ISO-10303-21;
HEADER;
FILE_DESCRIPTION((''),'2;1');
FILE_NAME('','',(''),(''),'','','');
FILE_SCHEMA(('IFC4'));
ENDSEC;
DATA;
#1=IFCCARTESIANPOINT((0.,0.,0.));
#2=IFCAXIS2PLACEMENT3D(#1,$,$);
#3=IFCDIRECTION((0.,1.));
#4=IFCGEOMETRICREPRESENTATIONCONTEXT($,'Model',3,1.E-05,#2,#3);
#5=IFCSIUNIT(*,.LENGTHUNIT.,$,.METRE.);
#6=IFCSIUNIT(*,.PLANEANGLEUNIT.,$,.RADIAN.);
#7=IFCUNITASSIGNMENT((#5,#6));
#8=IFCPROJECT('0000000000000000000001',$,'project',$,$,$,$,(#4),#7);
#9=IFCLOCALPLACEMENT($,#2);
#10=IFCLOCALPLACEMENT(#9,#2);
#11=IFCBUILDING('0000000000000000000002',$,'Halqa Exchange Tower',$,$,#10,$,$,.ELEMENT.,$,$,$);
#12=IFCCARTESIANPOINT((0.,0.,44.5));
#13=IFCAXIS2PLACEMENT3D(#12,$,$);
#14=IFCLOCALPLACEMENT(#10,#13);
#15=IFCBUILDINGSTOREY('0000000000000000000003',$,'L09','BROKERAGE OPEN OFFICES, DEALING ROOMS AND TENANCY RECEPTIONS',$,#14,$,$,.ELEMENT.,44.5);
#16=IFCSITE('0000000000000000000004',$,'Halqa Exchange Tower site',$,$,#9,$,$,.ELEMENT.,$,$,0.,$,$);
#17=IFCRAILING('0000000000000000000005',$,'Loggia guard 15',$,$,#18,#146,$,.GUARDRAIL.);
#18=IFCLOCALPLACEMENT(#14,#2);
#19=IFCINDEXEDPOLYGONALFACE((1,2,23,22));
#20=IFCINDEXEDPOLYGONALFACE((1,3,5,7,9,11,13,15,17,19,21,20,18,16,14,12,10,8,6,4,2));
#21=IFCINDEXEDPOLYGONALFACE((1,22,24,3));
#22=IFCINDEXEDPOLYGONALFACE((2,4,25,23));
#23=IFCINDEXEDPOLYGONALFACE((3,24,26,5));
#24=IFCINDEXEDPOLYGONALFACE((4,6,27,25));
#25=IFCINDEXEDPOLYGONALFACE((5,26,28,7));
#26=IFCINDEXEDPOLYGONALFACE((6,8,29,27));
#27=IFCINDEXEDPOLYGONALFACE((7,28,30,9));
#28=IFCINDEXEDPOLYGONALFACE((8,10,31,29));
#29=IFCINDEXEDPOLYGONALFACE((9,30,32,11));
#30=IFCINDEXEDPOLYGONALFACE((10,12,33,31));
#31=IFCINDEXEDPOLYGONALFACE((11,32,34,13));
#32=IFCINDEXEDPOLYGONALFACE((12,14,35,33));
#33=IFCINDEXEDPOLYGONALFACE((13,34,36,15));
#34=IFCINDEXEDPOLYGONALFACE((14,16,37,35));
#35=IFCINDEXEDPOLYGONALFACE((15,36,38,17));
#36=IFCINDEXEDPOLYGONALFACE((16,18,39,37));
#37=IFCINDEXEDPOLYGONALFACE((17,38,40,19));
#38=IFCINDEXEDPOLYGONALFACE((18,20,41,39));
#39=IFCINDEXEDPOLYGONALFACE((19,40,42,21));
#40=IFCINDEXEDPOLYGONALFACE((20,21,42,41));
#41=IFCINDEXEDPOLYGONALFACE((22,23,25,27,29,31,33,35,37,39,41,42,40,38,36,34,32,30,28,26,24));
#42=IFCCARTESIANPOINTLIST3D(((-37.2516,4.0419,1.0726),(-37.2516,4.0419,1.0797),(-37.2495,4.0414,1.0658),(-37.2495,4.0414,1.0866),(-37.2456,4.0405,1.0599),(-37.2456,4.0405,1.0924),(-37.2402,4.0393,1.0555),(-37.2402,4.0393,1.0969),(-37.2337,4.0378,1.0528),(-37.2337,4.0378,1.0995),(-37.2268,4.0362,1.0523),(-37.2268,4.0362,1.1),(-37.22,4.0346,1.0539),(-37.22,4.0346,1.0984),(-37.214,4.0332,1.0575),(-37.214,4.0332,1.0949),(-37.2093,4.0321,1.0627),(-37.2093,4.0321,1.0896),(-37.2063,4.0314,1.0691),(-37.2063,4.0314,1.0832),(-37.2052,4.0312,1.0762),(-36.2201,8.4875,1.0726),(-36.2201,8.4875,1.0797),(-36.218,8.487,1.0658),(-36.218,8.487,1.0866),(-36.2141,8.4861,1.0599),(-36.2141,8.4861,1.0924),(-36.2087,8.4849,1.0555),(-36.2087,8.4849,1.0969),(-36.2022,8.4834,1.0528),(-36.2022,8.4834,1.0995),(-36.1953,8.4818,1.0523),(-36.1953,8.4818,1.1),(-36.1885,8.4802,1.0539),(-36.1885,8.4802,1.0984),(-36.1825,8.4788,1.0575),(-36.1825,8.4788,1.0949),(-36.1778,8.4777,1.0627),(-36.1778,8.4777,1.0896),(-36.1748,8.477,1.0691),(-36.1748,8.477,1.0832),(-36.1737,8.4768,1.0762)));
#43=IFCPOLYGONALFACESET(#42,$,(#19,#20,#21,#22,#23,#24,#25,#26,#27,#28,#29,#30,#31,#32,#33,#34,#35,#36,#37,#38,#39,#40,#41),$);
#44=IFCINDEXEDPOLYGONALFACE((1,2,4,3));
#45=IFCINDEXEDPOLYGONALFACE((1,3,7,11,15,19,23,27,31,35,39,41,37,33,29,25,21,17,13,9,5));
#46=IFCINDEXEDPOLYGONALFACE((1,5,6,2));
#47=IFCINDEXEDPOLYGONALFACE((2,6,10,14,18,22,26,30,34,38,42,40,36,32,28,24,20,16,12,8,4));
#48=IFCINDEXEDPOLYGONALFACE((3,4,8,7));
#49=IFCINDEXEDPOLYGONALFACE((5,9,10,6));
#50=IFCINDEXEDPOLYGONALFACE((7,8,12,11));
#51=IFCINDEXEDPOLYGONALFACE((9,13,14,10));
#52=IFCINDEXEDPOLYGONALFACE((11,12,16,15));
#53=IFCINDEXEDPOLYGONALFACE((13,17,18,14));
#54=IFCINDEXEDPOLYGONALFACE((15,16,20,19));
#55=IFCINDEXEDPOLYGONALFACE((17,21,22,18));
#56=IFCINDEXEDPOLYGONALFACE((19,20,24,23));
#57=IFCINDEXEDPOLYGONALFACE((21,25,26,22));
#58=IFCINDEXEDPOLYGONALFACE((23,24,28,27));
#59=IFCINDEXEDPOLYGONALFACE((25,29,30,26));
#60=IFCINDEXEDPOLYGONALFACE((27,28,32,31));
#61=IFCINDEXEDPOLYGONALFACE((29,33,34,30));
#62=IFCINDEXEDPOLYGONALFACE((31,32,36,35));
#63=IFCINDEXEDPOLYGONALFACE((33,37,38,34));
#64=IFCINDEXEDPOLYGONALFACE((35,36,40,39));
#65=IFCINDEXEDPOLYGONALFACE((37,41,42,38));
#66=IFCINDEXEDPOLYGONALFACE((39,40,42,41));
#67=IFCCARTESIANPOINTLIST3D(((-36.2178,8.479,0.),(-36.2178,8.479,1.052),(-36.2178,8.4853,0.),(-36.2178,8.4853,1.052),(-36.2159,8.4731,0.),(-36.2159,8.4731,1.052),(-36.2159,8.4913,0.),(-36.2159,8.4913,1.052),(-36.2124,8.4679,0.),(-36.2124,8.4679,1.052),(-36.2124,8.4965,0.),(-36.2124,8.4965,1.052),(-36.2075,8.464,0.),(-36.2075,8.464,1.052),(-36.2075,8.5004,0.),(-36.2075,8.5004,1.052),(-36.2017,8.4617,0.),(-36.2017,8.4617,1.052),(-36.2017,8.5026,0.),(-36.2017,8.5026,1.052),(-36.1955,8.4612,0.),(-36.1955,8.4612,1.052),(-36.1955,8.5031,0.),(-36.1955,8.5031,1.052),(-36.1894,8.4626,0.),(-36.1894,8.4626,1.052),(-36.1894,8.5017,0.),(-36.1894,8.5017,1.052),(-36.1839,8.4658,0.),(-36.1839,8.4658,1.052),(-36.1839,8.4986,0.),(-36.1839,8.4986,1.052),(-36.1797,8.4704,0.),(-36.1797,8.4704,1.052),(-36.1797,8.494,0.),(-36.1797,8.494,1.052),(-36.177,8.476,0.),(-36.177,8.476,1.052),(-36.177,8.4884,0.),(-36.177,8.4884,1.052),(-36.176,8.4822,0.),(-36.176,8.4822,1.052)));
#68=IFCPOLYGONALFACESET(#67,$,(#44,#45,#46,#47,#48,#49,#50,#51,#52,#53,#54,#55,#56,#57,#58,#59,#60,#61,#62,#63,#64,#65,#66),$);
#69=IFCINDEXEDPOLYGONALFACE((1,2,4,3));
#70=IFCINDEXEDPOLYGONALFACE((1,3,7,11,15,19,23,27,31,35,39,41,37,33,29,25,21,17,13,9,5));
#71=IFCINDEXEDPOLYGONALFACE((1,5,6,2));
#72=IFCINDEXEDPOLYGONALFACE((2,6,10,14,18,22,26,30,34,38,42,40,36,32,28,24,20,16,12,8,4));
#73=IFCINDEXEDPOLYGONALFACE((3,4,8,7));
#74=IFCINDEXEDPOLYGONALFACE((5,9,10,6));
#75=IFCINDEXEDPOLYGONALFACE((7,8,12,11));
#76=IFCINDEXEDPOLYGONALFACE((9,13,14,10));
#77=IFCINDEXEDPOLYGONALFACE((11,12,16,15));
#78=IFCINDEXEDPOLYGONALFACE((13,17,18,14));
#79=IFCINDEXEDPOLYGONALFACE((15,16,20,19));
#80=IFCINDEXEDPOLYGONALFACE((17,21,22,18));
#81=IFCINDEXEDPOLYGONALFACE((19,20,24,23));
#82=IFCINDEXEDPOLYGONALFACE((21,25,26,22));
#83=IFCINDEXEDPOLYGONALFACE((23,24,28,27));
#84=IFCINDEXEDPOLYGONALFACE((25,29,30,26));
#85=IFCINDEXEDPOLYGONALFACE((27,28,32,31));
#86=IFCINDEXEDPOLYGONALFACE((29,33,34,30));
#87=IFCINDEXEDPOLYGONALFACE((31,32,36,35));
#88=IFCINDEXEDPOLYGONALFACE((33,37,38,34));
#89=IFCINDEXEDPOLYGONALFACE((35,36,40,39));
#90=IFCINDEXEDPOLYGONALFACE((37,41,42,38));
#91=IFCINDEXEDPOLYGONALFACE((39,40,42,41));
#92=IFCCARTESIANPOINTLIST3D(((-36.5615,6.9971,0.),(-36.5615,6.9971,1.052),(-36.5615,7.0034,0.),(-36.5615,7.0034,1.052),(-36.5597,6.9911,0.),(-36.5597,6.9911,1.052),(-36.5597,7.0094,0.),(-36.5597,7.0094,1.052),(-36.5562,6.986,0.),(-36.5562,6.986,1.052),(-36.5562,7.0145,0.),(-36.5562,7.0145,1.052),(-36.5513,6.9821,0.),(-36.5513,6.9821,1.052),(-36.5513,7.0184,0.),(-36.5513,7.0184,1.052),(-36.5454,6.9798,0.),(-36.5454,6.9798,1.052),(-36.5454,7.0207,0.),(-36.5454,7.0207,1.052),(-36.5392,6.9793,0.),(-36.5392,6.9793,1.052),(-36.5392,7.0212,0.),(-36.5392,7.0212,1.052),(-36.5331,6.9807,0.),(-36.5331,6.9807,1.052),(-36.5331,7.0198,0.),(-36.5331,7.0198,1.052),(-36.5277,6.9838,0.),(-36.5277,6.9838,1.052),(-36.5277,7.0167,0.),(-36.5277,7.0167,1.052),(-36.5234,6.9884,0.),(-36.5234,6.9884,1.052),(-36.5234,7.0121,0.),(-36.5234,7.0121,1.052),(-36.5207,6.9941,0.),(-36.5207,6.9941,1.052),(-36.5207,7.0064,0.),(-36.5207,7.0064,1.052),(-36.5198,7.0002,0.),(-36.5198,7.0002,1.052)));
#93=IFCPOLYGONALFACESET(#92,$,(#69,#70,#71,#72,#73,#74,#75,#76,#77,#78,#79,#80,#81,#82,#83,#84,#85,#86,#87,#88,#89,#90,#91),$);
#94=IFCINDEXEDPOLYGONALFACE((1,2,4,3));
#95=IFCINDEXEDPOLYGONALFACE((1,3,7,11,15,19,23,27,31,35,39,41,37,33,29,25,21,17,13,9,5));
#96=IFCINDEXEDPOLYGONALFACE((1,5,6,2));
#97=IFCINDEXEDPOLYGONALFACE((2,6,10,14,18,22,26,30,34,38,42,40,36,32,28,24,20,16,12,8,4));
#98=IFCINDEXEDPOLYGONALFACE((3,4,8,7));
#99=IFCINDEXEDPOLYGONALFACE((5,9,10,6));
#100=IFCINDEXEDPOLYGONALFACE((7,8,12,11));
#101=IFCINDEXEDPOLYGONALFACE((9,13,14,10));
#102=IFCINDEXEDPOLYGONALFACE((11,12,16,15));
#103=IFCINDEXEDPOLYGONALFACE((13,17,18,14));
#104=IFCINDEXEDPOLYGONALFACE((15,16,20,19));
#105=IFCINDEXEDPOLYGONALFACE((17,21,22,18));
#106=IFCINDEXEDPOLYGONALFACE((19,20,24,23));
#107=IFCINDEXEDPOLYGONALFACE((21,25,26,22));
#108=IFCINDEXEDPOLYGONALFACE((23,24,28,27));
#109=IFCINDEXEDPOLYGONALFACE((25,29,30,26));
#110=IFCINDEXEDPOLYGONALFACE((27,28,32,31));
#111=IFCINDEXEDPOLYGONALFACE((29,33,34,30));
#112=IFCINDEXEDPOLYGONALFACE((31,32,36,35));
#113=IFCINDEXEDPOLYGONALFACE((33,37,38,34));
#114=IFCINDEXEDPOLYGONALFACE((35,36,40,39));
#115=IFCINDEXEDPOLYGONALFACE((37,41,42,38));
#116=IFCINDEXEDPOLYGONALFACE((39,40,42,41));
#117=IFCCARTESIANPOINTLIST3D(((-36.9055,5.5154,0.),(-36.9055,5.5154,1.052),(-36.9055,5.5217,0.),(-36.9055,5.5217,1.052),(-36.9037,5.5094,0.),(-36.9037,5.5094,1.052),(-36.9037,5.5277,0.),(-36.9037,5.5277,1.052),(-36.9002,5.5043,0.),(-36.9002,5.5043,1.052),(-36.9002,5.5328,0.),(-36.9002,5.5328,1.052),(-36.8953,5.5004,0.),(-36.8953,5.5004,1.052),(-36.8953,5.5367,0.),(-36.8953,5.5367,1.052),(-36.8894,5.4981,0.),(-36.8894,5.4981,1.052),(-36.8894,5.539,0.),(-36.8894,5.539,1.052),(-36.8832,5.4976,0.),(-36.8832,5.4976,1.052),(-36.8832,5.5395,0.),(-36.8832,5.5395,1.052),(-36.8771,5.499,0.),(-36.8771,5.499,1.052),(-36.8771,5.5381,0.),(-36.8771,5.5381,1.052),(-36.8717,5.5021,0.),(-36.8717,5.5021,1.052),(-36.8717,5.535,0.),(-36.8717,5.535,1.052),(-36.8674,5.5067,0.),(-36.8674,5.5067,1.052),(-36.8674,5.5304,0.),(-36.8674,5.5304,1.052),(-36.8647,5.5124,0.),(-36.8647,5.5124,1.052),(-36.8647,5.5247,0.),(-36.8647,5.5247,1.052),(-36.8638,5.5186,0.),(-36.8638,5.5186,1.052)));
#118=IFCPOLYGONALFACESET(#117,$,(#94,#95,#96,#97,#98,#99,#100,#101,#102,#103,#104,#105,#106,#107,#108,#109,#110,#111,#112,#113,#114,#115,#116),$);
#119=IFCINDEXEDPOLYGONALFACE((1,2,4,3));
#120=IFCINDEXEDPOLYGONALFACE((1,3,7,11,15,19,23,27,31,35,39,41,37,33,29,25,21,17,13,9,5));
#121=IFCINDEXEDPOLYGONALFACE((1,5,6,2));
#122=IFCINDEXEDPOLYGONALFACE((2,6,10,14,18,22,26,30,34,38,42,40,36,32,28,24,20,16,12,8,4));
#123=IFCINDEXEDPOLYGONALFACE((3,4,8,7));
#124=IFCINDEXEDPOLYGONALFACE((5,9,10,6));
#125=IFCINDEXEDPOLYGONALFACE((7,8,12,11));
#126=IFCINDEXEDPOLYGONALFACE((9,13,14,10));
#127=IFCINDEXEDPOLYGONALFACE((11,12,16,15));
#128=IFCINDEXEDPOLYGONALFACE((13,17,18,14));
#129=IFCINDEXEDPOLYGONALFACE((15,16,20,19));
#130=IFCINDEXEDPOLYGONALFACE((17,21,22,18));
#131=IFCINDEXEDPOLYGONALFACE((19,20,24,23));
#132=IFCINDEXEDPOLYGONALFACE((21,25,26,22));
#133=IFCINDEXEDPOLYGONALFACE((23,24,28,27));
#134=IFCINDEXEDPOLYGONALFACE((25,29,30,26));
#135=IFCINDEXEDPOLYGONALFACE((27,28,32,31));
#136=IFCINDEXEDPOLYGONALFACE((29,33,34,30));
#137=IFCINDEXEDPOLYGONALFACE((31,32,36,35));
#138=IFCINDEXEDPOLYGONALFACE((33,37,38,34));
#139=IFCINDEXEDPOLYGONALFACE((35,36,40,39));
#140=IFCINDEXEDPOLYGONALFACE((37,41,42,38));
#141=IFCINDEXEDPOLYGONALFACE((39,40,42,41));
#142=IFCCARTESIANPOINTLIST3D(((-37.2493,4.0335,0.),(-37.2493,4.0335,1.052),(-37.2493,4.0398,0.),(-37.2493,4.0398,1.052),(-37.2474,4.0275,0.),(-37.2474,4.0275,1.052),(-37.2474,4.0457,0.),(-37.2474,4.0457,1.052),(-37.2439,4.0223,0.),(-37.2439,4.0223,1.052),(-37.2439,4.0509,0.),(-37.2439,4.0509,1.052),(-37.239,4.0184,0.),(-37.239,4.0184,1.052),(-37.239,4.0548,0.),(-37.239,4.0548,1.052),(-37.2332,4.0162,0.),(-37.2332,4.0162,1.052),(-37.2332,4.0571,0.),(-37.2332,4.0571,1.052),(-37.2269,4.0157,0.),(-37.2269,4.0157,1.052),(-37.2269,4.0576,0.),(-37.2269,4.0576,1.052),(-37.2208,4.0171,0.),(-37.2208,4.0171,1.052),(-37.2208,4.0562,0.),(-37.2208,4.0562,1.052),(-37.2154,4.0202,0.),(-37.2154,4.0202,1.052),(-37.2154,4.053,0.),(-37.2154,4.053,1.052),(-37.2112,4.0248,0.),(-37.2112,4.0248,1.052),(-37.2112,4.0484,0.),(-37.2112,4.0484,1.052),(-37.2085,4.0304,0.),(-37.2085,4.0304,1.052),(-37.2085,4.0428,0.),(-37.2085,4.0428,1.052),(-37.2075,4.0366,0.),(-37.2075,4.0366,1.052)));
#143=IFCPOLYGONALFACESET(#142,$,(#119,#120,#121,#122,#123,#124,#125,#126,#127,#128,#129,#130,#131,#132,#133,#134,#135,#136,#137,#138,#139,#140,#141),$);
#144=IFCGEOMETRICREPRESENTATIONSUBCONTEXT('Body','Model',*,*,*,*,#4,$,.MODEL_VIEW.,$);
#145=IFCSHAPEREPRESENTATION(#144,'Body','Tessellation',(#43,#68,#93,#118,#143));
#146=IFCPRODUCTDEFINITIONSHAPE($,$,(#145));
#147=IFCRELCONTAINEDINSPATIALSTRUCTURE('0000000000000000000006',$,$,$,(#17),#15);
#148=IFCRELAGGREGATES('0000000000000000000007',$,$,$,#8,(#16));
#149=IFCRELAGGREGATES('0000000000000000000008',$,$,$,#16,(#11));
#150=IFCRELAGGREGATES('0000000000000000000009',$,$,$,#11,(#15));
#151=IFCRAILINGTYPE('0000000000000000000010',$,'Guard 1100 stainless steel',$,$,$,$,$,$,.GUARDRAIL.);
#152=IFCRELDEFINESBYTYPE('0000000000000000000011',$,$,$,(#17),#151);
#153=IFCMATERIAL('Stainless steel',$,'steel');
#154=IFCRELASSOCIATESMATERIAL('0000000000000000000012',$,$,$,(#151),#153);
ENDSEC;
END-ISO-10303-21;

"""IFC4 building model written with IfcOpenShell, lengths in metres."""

from ifc_helpers import new_model, si_unit, direction, frame, origin, origin_2d, place, context, subcontext, project, spatial, circle, extrude, material, type_object, element, save


model = new_model("IFC4")

# Units and contexts
model_context = context("Model", 3, precision=1e-05, world=origin(), true_north=direction((0.0, 1.0)))
body_context = subcontext(model_context, "Body", "Model", "MODEL_VIEW")
ifc_project = project(units=[si_unit("LENGTHUNIT", "METRE"), si_unit("PLANEANGLEUNIT", "RADIAN")], contexts=[model_context])

# Site, building, storey
site_placement = place(None, origin())
site = spatial("IfcSite", under=ifc_project, at=site_placement, Name="Halqa Exchange Tower site", CompositionType="ELEMENT", RefElevation=0.0)
building_placement = place(site_placement, origin())
building = spatial("IfcBuilding", under=site, at=building_placement, Name="Halqa Exchange Tower", CompositionType="ELEMENT")
storey_placement = place(building_placement, frame((0.0, 0.0, 44.5)))
storey = spatial("IfcBuildingStorey", under=building, at=storey_placement, Name="L09", Description="BROKERAGE OPEN OFFICES, DEALING ROOMS AND TENANCY RECEPTIONS", CompositionType="ELEMENT", Elevation=44.5)

# Railing
ifc_material_1 = material(Name="Stainless steel", Category="steel")
railing_type = type_object("IfcRailingType", Name="Guard 1100 stainless steel", PredefinedType="GUARDRAIL", material=ifc_material_1)
railing_1_placement = place(storey_placement, frame((-36.197, 8.4822, 0.0)))
element("IfcRailing", 1, at=railing_1_placement, inside=storey, type_object=railing_type, Name="Loggia guard 15", PredefinedType="GUARDRAIL", context=body_context, shape_type="SweptSolid", body=[
    extrude(circle(Radius=0.0239, at=origin_2d()), frame((0.0, 0.0, 1.0762), z_axis=(-0.226024, -0.974122, 0.0), x_axis=(0.974122, -0.226024, 0.0)), (0.0, 0.0, 1.0), 4.5637),
    extrude(circle(Radius=0.021, at=origin_2d()), origin(), (0.0, 0.0, 1.0), 1.052),
    extrude(circle(Radius=0.021, at=origin_2d()), frame((-0.3438, -1.4819, 0.0)), (0.0, 0.0, 1.0), 1.052),
    extrude(circle(Radius=0.021, at=origin_2d()), frame((-0.6877, -2.9636, 0.0)), (0.0, 0.0, 1.0), 1.052),
    extrude(circle(Radius=0.021, at=origin_2d()), frame((-1.0315, -4.4456, 0.0)), (0.0, 0.0, 1.0), 1.052),
])

save(model, "model.ifc")
